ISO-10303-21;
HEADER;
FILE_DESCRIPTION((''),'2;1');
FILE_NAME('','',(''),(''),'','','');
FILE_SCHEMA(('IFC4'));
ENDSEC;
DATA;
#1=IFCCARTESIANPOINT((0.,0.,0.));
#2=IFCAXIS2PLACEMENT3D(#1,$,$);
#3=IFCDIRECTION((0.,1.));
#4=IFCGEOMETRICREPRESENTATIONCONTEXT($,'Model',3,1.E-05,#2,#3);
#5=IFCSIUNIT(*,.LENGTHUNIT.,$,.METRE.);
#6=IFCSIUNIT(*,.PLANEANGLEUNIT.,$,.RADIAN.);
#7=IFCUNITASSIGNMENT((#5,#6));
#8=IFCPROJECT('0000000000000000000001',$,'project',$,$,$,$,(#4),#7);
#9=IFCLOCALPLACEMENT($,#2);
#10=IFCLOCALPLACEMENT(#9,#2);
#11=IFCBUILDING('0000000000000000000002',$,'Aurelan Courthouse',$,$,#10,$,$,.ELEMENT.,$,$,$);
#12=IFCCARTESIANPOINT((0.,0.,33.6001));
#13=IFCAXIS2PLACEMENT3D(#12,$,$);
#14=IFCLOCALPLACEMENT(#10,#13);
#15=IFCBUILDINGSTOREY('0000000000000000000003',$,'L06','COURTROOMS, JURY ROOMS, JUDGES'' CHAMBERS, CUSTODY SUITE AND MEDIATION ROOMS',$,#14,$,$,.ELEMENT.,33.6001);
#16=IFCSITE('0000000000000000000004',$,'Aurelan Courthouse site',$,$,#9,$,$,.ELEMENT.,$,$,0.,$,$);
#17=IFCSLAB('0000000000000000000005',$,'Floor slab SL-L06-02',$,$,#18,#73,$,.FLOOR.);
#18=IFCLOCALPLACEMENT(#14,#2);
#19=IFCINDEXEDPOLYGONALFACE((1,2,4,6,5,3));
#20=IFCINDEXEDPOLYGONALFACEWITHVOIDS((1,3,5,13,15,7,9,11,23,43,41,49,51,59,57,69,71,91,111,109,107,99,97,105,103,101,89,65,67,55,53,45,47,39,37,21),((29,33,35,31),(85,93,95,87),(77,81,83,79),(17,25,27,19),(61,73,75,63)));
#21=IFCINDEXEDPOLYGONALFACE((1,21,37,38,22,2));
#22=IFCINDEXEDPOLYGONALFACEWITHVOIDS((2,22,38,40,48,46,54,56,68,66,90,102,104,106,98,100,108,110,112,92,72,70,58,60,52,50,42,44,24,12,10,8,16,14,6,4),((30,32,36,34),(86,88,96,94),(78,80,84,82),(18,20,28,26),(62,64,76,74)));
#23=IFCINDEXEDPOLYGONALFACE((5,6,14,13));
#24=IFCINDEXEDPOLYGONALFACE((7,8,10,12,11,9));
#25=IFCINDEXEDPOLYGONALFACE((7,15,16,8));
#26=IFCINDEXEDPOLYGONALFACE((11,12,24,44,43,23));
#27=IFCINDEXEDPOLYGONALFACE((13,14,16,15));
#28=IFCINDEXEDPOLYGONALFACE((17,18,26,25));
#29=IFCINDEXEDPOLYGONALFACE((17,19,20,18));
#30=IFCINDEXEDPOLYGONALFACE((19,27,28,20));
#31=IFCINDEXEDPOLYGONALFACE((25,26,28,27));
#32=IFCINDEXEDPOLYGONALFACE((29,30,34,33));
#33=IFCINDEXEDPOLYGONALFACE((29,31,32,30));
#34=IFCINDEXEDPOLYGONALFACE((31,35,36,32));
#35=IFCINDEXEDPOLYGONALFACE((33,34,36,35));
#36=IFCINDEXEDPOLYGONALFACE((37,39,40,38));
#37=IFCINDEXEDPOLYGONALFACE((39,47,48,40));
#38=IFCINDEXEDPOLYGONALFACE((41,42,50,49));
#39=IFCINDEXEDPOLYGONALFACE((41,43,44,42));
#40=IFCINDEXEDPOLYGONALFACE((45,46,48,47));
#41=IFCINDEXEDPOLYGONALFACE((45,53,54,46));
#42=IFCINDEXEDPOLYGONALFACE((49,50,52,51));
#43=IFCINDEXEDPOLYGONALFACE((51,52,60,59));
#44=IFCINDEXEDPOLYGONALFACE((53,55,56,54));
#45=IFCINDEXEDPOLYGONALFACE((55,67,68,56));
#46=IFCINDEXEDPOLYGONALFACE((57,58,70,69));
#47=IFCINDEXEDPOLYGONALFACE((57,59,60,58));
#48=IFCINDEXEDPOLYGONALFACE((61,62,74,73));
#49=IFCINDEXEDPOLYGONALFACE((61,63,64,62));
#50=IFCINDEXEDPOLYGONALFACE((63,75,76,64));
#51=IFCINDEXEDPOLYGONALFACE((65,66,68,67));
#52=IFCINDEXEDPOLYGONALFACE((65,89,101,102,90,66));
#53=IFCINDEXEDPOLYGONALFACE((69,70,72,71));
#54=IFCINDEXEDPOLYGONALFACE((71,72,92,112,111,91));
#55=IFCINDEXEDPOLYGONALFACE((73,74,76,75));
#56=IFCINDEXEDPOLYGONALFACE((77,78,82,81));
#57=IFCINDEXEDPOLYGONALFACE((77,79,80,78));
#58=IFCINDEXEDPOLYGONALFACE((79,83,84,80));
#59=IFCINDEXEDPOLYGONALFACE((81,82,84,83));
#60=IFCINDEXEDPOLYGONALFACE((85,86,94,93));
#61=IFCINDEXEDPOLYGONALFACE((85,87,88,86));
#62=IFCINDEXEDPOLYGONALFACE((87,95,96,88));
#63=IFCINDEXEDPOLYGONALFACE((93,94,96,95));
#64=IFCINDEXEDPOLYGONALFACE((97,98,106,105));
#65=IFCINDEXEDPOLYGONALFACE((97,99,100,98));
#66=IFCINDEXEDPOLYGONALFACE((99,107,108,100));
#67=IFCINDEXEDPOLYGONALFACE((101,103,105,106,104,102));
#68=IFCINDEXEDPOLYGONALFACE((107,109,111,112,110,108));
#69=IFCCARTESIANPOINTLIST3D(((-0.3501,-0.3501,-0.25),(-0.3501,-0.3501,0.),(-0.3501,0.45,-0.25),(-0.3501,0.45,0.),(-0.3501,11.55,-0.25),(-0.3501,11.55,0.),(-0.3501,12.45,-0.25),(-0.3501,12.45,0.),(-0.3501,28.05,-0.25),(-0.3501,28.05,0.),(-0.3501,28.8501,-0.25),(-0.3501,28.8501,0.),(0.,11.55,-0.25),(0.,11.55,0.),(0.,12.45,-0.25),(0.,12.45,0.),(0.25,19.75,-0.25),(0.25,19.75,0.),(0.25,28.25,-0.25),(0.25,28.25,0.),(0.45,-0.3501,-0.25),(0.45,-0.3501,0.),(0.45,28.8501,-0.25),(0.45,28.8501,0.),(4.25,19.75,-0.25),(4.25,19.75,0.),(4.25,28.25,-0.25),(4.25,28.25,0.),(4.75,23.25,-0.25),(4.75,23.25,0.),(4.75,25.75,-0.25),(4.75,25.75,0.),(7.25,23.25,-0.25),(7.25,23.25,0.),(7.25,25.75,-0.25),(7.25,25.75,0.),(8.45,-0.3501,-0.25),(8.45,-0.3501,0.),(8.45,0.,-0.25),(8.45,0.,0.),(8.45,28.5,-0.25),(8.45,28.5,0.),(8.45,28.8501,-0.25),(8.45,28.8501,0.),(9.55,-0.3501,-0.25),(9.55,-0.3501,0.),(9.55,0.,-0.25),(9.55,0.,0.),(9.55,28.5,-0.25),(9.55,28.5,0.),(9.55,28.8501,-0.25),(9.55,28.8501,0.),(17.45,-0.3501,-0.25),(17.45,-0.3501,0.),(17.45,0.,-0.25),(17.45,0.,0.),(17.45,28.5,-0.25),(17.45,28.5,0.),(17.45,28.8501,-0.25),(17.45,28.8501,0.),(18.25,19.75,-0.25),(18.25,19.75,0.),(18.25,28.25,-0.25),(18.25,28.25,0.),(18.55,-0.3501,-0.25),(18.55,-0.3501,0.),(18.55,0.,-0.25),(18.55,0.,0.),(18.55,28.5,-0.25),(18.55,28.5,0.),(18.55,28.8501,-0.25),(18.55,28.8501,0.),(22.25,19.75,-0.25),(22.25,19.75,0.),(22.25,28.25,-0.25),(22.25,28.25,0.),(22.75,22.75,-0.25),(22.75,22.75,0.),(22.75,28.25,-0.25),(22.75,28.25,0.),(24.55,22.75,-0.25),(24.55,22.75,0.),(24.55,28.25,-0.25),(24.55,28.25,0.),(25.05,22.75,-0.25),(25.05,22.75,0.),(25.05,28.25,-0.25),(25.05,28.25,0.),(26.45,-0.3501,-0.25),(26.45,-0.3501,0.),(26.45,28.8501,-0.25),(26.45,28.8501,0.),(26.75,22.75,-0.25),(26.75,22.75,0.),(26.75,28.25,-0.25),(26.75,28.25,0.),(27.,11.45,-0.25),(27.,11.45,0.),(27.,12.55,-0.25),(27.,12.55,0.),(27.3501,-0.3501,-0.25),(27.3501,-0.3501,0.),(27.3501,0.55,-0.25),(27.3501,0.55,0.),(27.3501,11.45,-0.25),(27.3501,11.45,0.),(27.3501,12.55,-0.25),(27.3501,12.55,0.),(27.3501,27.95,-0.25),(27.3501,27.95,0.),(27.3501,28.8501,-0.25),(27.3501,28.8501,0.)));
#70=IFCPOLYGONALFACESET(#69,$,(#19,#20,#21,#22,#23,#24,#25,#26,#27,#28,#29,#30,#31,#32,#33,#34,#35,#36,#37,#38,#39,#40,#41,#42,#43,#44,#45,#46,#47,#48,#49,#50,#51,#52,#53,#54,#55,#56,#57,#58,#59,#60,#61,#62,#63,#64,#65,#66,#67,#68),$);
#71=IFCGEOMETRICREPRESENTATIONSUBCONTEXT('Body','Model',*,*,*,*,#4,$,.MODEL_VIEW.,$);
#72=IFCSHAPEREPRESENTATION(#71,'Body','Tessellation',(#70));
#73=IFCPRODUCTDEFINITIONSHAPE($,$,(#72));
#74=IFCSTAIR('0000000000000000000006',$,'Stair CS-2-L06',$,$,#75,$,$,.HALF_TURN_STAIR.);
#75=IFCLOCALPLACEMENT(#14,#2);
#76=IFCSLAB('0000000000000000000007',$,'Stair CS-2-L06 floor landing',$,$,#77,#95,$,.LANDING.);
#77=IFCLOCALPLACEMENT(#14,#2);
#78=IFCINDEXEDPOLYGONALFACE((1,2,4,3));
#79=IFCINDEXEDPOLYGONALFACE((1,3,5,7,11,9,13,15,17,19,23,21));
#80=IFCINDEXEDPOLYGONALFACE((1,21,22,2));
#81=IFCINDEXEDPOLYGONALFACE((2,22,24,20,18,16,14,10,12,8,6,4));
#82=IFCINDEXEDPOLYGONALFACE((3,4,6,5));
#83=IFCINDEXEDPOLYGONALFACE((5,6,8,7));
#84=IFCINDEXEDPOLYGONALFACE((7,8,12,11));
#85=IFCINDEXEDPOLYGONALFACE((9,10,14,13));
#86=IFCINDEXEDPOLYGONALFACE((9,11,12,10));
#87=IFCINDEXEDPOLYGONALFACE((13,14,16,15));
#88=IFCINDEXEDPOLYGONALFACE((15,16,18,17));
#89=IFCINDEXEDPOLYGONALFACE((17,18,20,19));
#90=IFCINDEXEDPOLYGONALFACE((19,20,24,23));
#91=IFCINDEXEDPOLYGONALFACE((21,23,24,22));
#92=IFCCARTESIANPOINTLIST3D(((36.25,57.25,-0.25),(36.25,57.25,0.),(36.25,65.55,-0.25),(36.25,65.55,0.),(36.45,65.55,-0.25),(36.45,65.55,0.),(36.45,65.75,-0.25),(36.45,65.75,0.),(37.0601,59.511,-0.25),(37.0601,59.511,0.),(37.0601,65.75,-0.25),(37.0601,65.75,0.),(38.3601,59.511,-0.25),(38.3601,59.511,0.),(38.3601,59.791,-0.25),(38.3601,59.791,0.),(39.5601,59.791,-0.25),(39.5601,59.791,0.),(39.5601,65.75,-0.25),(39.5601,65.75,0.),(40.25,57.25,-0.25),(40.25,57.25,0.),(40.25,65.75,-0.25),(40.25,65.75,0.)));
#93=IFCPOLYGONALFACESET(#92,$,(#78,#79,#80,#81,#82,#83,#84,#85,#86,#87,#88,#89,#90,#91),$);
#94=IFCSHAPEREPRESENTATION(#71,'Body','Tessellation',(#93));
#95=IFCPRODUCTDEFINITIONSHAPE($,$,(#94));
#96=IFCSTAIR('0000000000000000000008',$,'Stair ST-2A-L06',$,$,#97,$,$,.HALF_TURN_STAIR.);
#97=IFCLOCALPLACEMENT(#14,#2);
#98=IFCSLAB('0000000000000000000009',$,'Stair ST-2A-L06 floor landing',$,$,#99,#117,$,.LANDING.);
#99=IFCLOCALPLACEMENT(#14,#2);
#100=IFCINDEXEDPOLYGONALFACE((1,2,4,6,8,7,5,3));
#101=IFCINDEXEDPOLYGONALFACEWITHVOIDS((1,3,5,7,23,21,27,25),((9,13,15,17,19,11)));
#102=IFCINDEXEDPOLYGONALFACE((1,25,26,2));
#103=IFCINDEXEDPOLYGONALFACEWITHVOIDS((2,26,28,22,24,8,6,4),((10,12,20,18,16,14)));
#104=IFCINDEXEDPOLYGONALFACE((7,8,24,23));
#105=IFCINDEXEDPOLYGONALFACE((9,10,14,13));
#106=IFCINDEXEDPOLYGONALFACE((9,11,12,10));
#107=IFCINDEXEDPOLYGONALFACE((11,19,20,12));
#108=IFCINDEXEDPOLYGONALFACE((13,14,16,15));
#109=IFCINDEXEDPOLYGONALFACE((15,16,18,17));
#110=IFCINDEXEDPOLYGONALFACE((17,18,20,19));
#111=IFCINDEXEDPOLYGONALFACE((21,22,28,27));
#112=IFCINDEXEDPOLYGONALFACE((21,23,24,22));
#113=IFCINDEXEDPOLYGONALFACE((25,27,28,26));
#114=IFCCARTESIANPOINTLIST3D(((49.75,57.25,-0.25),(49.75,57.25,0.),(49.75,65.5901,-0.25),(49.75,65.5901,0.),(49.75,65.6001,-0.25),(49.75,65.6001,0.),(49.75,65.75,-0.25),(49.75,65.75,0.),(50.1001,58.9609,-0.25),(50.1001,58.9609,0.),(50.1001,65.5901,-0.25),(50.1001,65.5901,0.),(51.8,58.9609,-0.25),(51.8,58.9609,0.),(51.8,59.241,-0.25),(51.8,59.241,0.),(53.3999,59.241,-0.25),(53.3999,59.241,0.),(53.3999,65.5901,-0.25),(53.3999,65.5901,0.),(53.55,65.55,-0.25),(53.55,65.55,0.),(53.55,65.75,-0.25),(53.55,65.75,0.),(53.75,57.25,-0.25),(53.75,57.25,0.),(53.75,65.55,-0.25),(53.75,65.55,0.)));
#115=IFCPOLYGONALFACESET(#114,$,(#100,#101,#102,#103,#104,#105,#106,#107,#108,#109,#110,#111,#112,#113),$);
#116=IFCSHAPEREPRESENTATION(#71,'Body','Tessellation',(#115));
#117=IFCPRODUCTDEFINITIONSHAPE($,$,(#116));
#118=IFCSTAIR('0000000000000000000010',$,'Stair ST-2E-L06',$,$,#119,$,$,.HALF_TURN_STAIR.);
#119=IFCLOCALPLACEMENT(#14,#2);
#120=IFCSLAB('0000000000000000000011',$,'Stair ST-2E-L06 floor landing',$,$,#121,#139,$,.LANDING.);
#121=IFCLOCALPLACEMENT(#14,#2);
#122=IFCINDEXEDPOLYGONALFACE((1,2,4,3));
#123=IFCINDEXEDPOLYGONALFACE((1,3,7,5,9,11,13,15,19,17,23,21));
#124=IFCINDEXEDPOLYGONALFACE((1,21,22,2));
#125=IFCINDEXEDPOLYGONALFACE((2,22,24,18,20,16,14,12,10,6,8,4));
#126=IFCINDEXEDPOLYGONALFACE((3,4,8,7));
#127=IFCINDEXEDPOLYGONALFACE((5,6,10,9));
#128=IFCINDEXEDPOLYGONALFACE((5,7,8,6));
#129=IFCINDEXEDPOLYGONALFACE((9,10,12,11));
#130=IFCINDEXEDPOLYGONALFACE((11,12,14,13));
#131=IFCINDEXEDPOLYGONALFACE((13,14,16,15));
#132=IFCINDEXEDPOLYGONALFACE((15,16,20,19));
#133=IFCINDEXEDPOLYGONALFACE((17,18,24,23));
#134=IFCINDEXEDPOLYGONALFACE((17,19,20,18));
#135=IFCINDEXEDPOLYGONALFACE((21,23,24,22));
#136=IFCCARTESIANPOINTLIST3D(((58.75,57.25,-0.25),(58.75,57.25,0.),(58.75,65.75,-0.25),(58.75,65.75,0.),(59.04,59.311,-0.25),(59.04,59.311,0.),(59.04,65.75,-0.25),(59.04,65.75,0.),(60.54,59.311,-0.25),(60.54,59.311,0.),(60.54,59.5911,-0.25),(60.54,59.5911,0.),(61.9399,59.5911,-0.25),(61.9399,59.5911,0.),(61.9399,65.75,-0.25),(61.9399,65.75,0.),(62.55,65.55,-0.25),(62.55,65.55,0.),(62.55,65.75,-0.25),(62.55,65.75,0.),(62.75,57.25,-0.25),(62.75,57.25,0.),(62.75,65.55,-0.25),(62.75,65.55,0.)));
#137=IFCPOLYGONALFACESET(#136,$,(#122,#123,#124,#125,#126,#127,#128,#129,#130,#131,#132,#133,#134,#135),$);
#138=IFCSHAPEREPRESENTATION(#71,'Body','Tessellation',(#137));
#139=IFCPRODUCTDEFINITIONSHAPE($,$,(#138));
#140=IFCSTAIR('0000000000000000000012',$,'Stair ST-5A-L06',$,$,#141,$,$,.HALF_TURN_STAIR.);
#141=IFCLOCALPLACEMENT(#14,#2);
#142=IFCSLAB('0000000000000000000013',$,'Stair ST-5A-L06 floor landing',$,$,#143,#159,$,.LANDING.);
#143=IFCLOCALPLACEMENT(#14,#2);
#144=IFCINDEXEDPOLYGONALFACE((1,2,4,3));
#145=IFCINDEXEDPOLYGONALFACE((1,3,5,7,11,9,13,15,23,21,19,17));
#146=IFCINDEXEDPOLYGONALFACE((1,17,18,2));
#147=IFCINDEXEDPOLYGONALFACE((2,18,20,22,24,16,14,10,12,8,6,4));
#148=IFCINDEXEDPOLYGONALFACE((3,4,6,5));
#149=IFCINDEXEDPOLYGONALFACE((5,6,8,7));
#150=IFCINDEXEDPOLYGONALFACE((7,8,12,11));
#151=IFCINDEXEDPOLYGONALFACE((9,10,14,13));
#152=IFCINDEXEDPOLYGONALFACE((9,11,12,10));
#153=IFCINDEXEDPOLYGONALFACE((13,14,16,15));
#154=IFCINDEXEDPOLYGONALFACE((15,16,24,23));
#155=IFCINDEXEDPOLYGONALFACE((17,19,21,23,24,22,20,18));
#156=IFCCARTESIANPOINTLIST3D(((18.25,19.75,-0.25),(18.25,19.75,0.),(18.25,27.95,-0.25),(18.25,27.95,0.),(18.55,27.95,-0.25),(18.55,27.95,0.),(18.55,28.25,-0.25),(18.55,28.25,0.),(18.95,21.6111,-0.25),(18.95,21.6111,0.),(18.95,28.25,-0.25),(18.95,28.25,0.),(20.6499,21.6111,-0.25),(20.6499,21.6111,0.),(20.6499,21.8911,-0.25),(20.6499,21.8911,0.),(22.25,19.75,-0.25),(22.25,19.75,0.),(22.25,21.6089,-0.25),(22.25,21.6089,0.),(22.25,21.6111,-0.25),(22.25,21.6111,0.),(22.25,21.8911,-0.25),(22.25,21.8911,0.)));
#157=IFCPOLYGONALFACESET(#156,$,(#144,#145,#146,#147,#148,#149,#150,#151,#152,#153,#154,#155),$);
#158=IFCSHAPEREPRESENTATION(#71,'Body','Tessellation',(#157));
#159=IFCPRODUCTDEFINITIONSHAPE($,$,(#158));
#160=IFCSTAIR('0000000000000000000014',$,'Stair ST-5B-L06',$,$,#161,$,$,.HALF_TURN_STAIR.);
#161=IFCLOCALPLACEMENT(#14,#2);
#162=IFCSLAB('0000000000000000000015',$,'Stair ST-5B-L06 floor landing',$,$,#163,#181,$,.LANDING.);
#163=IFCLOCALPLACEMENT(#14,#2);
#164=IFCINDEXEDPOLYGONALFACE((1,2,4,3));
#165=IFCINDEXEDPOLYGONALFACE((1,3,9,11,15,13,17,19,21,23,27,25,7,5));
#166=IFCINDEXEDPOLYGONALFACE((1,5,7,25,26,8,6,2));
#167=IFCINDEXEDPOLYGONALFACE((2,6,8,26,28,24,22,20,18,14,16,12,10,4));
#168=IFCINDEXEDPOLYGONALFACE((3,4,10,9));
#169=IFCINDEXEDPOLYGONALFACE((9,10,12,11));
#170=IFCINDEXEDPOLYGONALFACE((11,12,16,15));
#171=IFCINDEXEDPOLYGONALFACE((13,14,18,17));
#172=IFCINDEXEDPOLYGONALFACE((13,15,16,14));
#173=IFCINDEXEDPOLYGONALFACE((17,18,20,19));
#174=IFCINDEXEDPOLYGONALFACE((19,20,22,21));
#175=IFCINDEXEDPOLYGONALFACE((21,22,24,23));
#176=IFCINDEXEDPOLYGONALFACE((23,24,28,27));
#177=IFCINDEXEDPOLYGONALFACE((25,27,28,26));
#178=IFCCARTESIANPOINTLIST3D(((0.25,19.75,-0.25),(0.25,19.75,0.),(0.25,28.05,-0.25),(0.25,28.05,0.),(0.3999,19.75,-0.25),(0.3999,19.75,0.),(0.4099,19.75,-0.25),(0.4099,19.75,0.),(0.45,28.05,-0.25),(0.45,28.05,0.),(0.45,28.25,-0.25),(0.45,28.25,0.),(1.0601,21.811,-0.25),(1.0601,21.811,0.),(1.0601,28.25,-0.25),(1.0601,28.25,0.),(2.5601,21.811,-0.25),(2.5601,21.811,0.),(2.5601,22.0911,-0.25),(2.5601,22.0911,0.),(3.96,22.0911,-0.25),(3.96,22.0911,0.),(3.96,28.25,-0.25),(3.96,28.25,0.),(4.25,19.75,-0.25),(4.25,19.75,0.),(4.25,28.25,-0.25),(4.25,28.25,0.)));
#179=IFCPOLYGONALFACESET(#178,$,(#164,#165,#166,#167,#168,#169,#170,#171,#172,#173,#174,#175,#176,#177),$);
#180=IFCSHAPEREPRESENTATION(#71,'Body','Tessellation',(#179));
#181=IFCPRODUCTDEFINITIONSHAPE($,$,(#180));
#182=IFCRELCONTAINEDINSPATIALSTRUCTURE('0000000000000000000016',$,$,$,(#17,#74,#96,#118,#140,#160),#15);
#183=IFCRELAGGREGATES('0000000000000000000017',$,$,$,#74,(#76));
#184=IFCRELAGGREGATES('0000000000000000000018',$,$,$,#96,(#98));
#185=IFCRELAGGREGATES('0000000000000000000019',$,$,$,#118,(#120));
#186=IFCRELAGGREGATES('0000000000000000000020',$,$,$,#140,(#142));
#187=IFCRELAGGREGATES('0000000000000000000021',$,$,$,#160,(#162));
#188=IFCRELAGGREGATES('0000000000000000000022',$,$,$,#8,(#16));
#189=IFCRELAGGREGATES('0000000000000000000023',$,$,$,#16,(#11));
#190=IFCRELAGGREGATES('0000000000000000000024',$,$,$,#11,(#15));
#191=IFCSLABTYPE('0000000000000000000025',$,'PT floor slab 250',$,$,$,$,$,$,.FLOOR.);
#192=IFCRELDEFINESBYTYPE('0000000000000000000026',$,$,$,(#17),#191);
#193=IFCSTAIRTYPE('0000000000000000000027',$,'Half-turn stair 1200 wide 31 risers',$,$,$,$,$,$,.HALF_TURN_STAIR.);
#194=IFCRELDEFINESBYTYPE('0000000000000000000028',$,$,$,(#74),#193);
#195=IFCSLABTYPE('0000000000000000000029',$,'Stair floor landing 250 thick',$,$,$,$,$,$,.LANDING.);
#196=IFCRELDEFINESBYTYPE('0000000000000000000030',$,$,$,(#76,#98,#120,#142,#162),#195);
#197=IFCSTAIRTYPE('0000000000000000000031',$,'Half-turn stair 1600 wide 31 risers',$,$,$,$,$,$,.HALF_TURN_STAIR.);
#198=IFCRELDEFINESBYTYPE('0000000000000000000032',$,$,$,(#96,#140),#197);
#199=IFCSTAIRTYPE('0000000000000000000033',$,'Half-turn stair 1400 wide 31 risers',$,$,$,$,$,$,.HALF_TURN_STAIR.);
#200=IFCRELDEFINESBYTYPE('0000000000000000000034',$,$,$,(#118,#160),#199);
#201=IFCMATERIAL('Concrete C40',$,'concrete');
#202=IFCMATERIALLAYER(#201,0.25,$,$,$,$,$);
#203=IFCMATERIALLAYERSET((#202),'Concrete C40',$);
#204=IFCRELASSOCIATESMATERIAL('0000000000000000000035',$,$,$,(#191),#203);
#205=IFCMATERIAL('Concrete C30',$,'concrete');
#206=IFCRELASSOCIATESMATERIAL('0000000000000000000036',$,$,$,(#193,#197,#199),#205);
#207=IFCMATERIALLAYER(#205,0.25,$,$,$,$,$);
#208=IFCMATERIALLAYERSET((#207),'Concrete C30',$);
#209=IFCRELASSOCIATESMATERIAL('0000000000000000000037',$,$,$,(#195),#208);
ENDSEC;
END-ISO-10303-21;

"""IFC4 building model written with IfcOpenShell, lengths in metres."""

from ifc_helpers import new_model, si_unit, direction, frame, origin, place, context, subcontext, project, spatial, polyline, outline, extrude, material, layer, layer_set, type_object, element, aggregate, save


model = new_model("IFC4")

# Units and contexts
model_context = context("Model", 3, precision=1e-05, world=origin(), true_north=direction((0.0, 1.0)))
body_context = subcontext(model_context, "Body", "Model", "MODEL_VIEW")
ifc_project = project(units=[si_unit("LENGTHUNIT", "METRE"), si_unit("PLANEANGLEUNIT", "RADIAN")], contexts=[model_context])

# Site, building, storey
site_placement = place(None, origin())
site = spatial("IfcSite", under=ifc_project, at=site_placement, Name="Aurelan Courthouse site", CompositionType="ELEMENT", RefElevation=0.0)
building_placement = place(site_placement, origin())
building = spatial("IfcBuilding", under=site, at=building_placement, Name="Aurelan Courthouse", CompositionType="ELEMENT")
storey_placement = place(building_placement, frame((0.0, 0.0, 33.6001)))
storey = spatial("IfcBuildingStorey", under=building, at=storey_placement, Name="L06", Description="COURTROOMS, JURY ROOMS, JUDGES' CHAMBERS, CUSTODY SUITE AND MEDIATION ROOMS", CompositionType="ELEMENT", Elevation=33.6001)

# Slab
ifc_material_1 = material(Name="Concrete C40", Category="concrete")
ifc_layer_1 = layer(ifc_material_1, 0.25)
ifc_layer_set_1 = layer_set([ifc_layer_1], Name="Concrete C40")
slab_type_1 = type_object("IfcSlabType", Name="PT floor slab 250", PredefinedType="FLOOR", material=ifc_layer_set_1)
slab_1_placement = place(storey_placement, frame((0.0, 0.0, -0.25)))
element("IfcSlab", 1, at=slab_1_placement, inside=storey, type_object=slab_type_1, Name="Floor slab SL-L06-02", PredefinedType="FLOOR", context=body_context, shape_type="SweptSolid", body=[
    extrude(outline(polyline([(0.0, 12.45), (0.0, 11.55), (-0.3501, 11.55), (-0.3501, 0.45), (-0.3501, -0.3501), (0.45, -0.3501), (8.45, -0.3501), (8.45, 0.0), (9.55, 0.0), (9.55, -0.3501), (17.45, -0.3501), (17.45, 0.0), (18.55, 0.0), (18.55, -0.3501), (26.45, -0.3501), (27.3501, -0.3501), (27.3501, 0.55), (27.3501, 11.45), (27.0, 11.45), (27.0, 12.55), (27.3501, 12.55), (27.3501, 27.95), (27.3501, 28.8501), (26.45, 28.8501), (18.55, 28.8501), (18.55, 28.5), (17.45, 28.5), (17.45, 28.8501), (9.55, 28.8501), (9.55, 28.5), (8.45, 28.5), (8.45, 28.8501), (0.45, 28.8501), (-0.3501, 28.8501), (-0.3501, 28.05), (-0.3501, 12.45), (0.0, 12.45)]), holes=[polyline([(26.75, 28.25), (26.75, 22.75), (25.05, 22.75), (25.05, 28.25), (26.75, 28.25)]), polyline([(22.75, 28.25), (24.55, 28.25), (24.55, 22.75), (22.75, 22.75), (22.75, 28.25)]), polyline([(22.25, 28.25), (22.25, 19.75), (18.25, 19.75), (18.25, 28.25), (22.25, 28.25)]), polyline([(4.75, 23.25), (4.75, 25.75), (7.25, 25.75), (7.25, 23.25), (4.75, 23.25)]), polyline([(4.25, 19.75), (0.25, 19.75), (0.25, 28.25), (4.25, 28.25), (4.25, 19.75)])]), origin(), (0.0, 0.0, 1.0), 0.25),
])

# Stairs, slabs
ifc_material_2 = material(Name="Concrete C30", Category="concrete")
stair_type_1 = type_object("IfcStairType", Name="Half-turn stair 1200 wide 31 risers", PredefinedType="HALF_TURN_STAIR", material=ifc_material_2)
stair_1_placement = place(storey_placement, origin())
stair_1 = element("IfcStair", 2, at=stair_1_placement, inside=storey, type_object=stair_type_1, Name="Stair CS-2-L06", PredefinedType="HALF_TURN_STAIR")
ifc_layer_2 = layer(ifc_material_2, 0.25)
ifc_layer_set_2 = layer_set([ifc_layer_2], Name="Concrete C30")
slab_type_2 = type_object("IfcSlabType", Name="Stair floor landing 250 thick", PredefinedType="LANDING", material=ifc_layer_set_2)
slab_2_placement = place(storey_placement, frame((0.0, 0.0, -0.25)))
slab_2 = element("IfcSlab", 3, at=slab_2_placement, type_object=slab_type_2, Name="Stair CS-2-L06 floor landing", PredefinedType="LANDING", context=body_context, shape_type="SweptSolid", body=[
    extrude(outline(polyline([(37.0601, 59.511), (38.3601, 59.511), (38.3601, 59.791), (39.5601, 59.791), (39.5601, 65.75), (40.25, 65.75), (40.25, 57.25), (36.25, 57.25), (36.25, 65.55), (36.45, 65.55), (36.45, 65.75), (37.0601, 65.75), (37.0601, 59.511)])), origin(), (0.0, 0.0, 1.0), 0.25),
])
aggregate(stair_1, [slab_2])
stair_type_2 = type_object("IfcStairType", Name="Half-turn stair 1600 wide 31 risers", PredefinedType="HALF_TURN_STAIR", material=ifc_material_2)
stair_2_placement = place(storey_placement, origin())
stair_2 = element("IfcStair", 4, at=stair_2_placement, inside=storey, type_object=stair_type_2, Name="Stair ST-2A-L06", PredefinedType="HALF_TURN_STAIR")
slab_3_placement = place(storey_placement, frame((0.0, 0.0, -0.25)))
slab_3 = element("IfcSlab", 5, at=slab_3_placement, type_object=slab_type_2, Name="Stair ST-2A-L06 floor landing", PredefinedType="LANDING", context=body_context, shape_type="SweptSolid", body=[
    extrude(outline(polyline([(53.75, 57.25), (49.75, 57.25), (49.75, 65.5901), (49.75, 65.6001), (49.75, 65.75), (53.55, 65.75), (53.55, 65.55), (53.75, 65.55), (53.75, 57.25)]), holes=[polyline([(51.8, 58.9609), (51.8, 59.241), (53.3999, 59.241), (53.3999, 65.5901), (50.1001, 65.5901), (50.1001, 58.9609), (51.8, 58.9609)])]), origin(), (0.0, 0.0, 1.0), 0.25),
])
aggregate(stair_2, [slab_3])
stair_type_3 = type_object("IfcStairType", Name="Half-turn stair 1400 wide 31 risers", PredefinedType="HALF_TURN_STAIR", material=ifc_material_2)
stair_3_placement = place(storey_placement, origin())
stair_3 = element("IfcStair", 6, at=stair_3_placement, inside=storey, type_object=stair_type_3, Name="Stair ST-2E-L06", PredefinedType="HALF_TURN_STAIR")
slab_4_placement = place(storey_placement, frame((0.0, 0.0, -0.25)))
slab_4 = element("IfcSlab", 7, at=slab_4_placement, type_object=slab_type_2, Name="Stair ST-2E-L06 floor landing", PredefinedType="LANDING", context=body_context, shape_type="SweptSolid", body=[
    extrude(outline(polyline([(59.04, 59.311), (60.54, 59.311), (60.54, 59.5911), (61.9399, 59.5911), (61.9399, 65.75), (62.55, 65.75), (62.55, 65.55), (62.75, 65.55), (62.75, 57.25), (58.75, 57.25), (58.75, 65.75), (59.04, 65.75), (59.04, 59.311)])), origin(), (0.0, 0.0, 1.0), 0.25),
])
aggregate(stair_3, [slab_4])
stair_4_placement = place(storey_placement, origin())
stair_4 = element("IfcStair", 8, at=stair_4_placement, inside=storey, type_object=stair_type_2, Name="Stair ST-5A-L06", PredefinedType="HALF_TURN_STAIR")
slab_5_placement = place(storey_placement, frame((0.0, 0.0, -0.25)))
slab_5 = element("IfcSlab", 9, at=slab_5_placement, type_object=slab_type_2, Name="Stair ST-5A-L06 floor landing", PredefinedType="LANDING", context=body_context, shape_type="SweptSolid", body=[
    extrude(outline(polyline([(18.95, 21.6111), (20.6499, 21.6111), (20.6499, 21.8911), (22.25, 21.8911), (22.25, 21.6111), (22.25, 21.6089), (22.25, 19.75), (18.25, 19.75), (18.25, 27.95), (18.55, 27.95), (18.55, 28.25), (18.95, 28.25), (18.95, 21.6111)])), origin(), (0.0, 0.0, 1.0), 0.25),
])
aggregate(stair_4, [slab_5])
stair_5_placement = place(storey_placement, origin())
stair_5 = element("IfcStair", 10, at=stair_5_placement, inside=storey, type_object=stair_type_3, Name="Stair ST-5B-L06", PredefinedType="HALF_TURN_STAIR")
slab_6_placement = place(storey_placement, frame((0.0, 0.0, -0.25)))
slab_6 = element("IfcSlab", 11, at=slab_6_placement, type_object=slab_type_2, Name="Stair ST-5B-L06 floor landing", PredefinedType="LANDING", context=body_context, shape_type="SweptSolid", body=[
    extrude(outline(polyline([(1.0601, 28.25), (1.0601, 21.811), (2.5601, 21.811), (2.5601, 22.0911), (3.96, 22.0911), (3.96, 28.25), (4.25, 28.25), (4.25, 19.75), (0.4099, 19.75), (0.3999, 19.75), (0.25, 19.75), (0.25, 28.05), (0.45, 28.05), (0.45, 28.25), (1.0601, 28.25)])), origin(), (0.0, 0.0, 1.0), 0.25),
])
aggregate(stair_5, [slab_6])

save(model, "model.ifc")
